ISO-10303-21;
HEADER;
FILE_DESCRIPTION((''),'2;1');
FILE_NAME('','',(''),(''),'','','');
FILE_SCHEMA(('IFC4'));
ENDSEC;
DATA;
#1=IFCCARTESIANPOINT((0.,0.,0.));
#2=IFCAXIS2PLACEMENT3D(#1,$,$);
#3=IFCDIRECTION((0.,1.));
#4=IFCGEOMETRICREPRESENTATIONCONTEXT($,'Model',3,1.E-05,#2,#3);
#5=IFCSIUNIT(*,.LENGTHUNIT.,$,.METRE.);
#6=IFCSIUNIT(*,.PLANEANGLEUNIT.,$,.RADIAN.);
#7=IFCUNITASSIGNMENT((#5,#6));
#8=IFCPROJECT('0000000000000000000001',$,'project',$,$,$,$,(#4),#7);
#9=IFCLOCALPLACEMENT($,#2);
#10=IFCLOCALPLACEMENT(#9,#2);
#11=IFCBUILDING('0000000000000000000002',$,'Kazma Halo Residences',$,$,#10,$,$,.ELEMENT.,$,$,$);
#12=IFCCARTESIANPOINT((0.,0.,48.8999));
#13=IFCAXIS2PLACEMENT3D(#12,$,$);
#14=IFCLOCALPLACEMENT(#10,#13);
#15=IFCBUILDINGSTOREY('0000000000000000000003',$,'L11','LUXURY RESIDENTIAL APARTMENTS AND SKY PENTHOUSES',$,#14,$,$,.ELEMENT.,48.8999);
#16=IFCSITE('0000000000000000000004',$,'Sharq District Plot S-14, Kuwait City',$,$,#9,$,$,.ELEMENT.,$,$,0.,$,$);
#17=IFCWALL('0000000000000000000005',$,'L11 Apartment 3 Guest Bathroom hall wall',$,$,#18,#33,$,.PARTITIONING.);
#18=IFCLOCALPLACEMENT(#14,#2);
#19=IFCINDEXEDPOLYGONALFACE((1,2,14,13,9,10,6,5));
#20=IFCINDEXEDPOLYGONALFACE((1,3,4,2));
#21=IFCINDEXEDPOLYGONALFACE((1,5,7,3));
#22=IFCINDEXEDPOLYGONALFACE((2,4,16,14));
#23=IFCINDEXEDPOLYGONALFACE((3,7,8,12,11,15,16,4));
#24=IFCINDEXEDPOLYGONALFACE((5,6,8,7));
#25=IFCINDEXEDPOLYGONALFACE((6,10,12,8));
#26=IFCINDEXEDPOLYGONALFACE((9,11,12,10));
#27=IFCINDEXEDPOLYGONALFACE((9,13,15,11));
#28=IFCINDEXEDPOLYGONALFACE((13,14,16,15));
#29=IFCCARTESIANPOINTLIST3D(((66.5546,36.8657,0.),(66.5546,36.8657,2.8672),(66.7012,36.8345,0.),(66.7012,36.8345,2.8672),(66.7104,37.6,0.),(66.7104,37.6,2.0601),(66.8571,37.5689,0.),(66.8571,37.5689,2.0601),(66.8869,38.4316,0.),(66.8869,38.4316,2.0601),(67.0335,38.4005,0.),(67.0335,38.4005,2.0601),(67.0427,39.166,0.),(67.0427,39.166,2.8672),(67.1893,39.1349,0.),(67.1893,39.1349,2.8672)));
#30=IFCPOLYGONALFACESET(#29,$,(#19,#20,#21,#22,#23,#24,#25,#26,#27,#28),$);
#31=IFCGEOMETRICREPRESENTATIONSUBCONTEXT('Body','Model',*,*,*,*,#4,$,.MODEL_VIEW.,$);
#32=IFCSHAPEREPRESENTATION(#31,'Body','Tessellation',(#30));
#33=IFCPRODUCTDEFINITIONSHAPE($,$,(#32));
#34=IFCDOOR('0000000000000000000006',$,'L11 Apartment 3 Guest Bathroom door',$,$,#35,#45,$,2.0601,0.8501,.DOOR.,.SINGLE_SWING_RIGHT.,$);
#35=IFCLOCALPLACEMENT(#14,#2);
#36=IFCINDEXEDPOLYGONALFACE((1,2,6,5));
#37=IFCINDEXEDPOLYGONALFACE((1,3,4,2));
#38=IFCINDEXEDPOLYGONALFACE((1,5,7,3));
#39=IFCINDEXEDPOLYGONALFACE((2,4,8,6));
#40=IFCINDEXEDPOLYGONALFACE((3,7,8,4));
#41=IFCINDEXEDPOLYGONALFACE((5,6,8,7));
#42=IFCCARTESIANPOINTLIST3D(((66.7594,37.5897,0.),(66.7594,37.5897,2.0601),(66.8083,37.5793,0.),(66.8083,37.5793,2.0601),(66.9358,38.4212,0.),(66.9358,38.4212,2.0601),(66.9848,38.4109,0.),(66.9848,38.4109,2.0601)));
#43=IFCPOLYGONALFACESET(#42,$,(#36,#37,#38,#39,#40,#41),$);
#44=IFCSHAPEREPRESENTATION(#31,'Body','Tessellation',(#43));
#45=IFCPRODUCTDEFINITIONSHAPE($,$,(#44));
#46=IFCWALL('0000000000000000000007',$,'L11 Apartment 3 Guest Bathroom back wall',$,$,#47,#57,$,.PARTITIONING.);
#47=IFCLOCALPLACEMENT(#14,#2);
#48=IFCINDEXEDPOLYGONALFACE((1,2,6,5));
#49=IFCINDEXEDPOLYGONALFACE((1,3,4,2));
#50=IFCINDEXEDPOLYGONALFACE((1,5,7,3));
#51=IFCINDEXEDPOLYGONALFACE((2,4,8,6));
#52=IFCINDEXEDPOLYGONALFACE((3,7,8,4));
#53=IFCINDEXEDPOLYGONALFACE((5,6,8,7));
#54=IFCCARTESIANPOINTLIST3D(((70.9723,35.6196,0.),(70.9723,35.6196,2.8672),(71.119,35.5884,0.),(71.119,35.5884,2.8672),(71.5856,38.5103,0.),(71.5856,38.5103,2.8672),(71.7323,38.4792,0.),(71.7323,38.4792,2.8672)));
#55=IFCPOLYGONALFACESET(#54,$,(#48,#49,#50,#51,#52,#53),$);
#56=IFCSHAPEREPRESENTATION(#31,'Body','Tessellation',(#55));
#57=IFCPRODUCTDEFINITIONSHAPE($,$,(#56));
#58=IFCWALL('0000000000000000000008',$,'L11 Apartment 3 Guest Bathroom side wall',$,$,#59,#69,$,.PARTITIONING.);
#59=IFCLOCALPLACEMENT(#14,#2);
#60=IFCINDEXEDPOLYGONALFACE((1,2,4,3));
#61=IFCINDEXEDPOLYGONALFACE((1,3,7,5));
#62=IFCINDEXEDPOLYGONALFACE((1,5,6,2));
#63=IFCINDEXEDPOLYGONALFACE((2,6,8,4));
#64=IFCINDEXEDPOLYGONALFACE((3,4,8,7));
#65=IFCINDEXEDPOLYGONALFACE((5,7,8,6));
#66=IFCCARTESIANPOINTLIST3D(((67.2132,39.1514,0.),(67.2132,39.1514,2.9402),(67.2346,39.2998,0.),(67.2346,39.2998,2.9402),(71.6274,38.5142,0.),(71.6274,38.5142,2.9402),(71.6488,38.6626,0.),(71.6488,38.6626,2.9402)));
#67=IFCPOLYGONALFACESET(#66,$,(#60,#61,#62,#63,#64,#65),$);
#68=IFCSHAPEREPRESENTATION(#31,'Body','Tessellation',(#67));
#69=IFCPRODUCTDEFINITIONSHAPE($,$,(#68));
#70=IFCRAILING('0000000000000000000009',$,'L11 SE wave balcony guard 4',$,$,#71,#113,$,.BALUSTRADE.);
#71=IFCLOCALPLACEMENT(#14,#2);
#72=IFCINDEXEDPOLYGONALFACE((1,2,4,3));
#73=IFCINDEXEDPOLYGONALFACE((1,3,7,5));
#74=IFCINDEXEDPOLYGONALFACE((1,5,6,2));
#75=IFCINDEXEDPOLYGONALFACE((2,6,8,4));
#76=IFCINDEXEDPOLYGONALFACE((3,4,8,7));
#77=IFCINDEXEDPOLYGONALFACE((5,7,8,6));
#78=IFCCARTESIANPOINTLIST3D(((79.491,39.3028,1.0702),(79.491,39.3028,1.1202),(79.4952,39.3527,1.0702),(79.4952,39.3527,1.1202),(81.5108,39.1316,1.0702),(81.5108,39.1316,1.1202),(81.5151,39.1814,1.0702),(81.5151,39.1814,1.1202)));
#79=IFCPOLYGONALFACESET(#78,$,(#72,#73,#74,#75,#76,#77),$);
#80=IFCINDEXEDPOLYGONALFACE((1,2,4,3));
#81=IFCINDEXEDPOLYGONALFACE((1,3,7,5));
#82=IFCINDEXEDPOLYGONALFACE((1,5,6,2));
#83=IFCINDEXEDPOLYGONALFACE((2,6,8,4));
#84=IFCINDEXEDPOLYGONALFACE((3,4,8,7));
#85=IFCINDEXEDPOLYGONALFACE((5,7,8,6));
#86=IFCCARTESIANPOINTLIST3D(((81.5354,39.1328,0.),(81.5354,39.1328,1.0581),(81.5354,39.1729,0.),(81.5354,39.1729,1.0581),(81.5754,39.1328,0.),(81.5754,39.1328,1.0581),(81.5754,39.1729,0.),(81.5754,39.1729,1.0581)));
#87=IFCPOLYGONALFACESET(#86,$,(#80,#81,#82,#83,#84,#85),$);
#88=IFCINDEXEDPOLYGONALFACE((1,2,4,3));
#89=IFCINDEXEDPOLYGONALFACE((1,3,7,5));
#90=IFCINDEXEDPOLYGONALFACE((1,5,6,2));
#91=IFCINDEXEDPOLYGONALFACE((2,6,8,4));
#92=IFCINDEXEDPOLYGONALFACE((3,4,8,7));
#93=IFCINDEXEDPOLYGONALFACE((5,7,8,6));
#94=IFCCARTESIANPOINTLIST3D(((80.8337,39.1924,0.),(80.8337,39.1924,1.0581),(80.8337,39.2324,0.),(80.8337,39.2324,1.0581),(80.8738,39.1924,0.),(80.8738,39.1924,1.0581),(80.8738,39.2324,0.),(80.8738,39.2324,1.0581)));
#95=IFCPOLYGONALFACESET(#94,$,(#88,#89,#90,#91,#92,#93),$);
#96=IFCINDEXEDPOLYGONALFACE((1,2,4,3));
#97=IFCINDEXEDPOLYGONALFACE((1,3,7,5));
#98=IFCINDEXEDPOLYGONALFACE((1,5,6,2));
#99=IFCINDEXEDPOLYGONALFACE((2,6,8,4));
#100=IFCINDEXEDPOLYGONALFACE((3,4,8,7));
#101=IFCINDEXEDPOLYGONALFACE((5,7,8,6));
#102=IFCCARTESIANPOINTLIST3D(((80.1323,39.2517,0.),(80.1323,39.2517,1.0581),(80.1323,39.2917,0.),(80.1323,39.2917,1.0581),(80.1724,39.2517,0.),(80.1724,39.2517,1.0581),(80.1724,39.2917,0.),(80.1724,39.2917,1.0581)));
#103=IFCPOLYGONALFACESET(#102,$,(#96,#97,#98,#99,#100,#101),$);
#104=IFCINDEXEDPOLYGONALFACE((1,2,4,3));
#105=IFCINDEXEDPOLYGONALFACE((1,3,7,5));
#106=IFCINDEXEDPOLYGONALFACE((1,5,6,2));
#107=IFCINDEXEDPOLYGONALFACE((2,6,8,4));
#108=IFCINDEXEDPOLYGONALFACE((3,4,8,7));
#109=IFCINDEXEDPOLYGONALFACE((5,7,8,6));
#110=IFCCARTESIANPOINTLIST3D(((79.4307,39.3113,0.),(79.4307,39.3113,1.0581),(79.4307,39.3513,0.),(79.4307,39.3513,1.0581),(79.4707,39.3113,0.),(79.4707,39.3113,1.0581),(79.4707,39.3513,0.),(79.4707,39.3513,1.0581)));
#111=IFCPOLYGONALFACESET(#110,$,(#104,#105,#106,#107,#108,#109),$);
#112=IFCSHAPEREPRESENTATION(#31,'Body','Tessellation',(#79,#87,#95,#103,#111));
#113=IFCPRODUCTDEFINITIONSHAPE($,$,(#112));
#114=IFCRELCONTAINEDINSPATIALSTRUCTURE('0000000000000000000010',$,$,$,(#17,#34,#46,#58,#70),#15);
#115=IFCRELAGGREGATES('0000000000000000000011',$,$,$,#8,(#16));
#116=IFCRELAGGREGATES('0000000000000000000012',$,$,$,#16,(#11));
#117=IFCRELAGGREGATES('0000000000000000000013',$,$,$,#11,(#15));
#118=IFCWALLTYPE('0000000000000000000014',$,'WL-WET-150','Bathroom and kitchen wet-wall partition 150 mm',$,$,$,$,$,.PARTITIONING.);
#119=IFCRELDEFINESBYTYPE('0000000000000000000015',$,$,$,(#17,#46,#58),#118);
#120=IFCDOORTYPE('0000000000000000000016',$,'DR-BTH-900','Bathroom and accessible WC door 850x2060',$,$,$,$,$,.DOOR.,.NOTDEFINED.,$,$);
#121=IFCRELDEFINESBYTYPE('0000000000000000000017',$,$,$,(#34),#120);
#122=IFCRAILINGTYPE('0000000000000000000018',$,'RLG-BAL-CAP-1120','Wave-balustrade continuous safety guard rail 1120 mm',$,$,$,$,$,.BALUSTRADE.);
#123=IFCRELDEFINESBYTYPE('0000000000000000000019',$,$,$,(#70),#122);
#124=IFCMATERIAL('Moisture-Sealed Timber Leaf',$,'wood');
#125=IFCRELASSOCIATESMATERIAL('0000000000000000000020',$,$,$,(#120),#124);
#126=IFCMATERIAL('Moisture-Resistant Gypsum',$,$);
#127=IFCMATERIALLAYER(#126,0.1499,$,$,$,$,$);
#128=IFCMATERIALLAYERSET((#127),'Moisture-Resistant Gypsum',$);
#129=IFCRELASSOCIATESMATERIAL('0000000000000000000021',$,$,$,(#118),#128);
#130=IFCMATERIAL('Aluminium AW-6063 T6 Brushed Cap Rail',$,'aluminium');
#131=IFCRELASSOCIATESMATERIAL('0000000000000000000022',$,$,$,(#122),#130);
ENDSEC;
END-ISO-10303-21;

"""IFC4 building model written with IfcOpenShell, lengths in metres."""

from ifc_helpers import new_model, si_unit, direction, frame, frame_2d, origin, origin_2d, place, context, subcontext, project, spatial, rectangle, extrude, material, layer, layer_set, type_object, element, fill, save


model = new_model("IFC4")

# Units and contexts
model_context = context("Model", 3, precision=1e-05, world=origin(), true_north=direction((0.0, 1.0)))
body_context = subcontext(model_context, "Body", "Model", "MODEL_VIEW")
ifc_project = project(units=[si_unit("LENGTHUNIT", "METRE"), si_unit("PLANEANGLEUNIT", "RADIAN")], contexts=[model_context])

# Site, building, storey
site_placement = place(None, origin())
site = spatial("IfcSite", under=ifc_project, at=site_placement, Name="Sharq District Plot S-14, Kuwait City", CompositionType="ELEMENT", RefElevation=0.0)
building_placement = place(site_placement, origin())
building = spatial("IfcBuilding", under=site, at=building_placement, Name="Kazma Halo Residences", CompositionType="ELEMENT")
storey_placement = place(building_placement, frame((0.0, 0.0, 48.8999)))
storey = spatial("IfcBuildingStorey", under=building, at=storey_placement, Name="L11", Description="LUXURY RESIDENTIAL APARTMENTS AND SKY PENTHOUSES", CompositionType="ELEMENT", Elevation=48.8999)

# Shared definitions
ifc_material_1 = material(Name="Moisture-Sealed Timber Leaf", Category="wood")
door_type = type_object("IfcDoorType", Name="DR-BTH-900", Description="Bathroom and accessible WC door 850x2060", OperationType="NOTDEFINED", PredefinedType="DOOR", material=ifc_material_1)

# Wall, opening, door
ifc_material_2 = material(Name="Moisture-Resistant Gypsum")
ifc_layer_1 = layer(ifc_material_2, 0.1499)
ifc_layer_set_1 = layer_set([ifc_layer_1], Name="Moisture-Resistant Gypsum")
wall_type_1 = type_object("IfcWallType", Name="WL-WET-150", Description="Bathroom and kitchen wet-wall partition 150 mm", PredefinedType="PARTITIONING", material=ifc_layer_set_1)
wall_1_placement = place(storey_placement, frame((66.6279, 36.8501, 0.0), z_axis=(0.0, 0.0, 1.0), x_axis=(0.207543, 0.978226, 0.0)))
wall_1 = element("IfcWall", 1, at=wall_1_placement, inside=storey, type_object=wall_type_1, Name="L11 Apartment 3 Guest Bathroom hall wall", PredefinedType="PARTITIONING", context=body_context, shape_type="SweptSolid", body=[
    extrude(rectangle(XDim=2.3516, YDim=0.1499, at=frame_2d((1.1758, 0.0))), origin(), (0.0, 0.0, 1.0), 2.8672),
])
opening_1_placement = place(wall_1_placement, frame((0.7507, 0.0, 0.0)))
opening_1 = element("IfcOpeningElement", 2, at=opening_1_placement, cuts=wall_1, PredefinedType="OPENING", context=body_context, shape_type="SweptSolid", body=[
    extrude(rectangle(XDim=0.8501, YDim=2.0601, at=frame_2d((0.425, 1.03))), frame((0.0, 0.085, 0.0), z_axis=(0.0, -1.0, 0.0), x_axis=(1.0, 0.0, 0.0)), (0.0, 0.0, 1.0), 0.1699),
])
door_1_placement = place(opening_1_placement, origin())
door_1 = element("IfcDoor", 3, at=door_1_placement, inside=storey, type_object=door_type, Name="L11 Apartment 3 Guest Bathroom door", OperationType="SINGLE_SWING_RIGHT", OverallHeight=2.0601, OverallWidth=0.8501, PredefinedType="DOOR", context=body_context, shape_type="SweptSolid", body=[
    extrude(rectangle(XDim=0.8501, YDim=2.0601, at=frame_2d((0.425, 1.03))), frame((0.0, 0.0249, 0.0), z_axis=(0.0, -1.0, 0.0), x_axis=(1.0, 0.0, 0.0)), (0.0, 0.0, 1.0), 0.05),
])
fill(opening_1, door_1)

# Walls
wall_2_placement = place(storey_placement, frame((71.0457, 35.604, 0.0), z_axis=(0.0, 0.0, 1.0), x_axis=(0.207543, 0.978226, 0.0)))
element("IfcWall", 4, at=wall_2_placement, inside=storey, type_object=wall_type_1, Name="L11 Apartment 3 Guest Bathroom back wall", PredefinedType="PARTITIONING", context=body_context, shape_type="SweptSolid", body=[
    extrude(rectangle(XDim=2.9551, YDim=0.1499, at=frame_2d((1.4775, 0.0))), origin(), (0.0, 0.0, 1.0), 2.8672),
])
wall_3_placement = place(storey_placement, frame((67.2239, 39.2256, 0.0), z_axis=(0.0, 0.0, 1.0), x_axis=(0.989742, -0.14287, 0.0)))
element("IfcWall", 5, at=wall_3_placement, inside=storey, type_object=wall_type_1, Name="L11 Apartment 3 Guest Bathroom side wall", PredefinedType="PARTITIONING", context=body_context, shape_type="SweptSolid", body=[
    extrude(rectangle(XDim=4.46, YDim=0.1499, at=frame_2d((2.23, 0.0))), origin(), (0.0, 0.0, 1.0), 2.9402),
])

# Railing
ifc_material_3 = material(Name="Aluminium AW-6063 T6 Brushed Cap Rail", Category="aluminium")
railing_type = type_object("IfcRailingType", Name="RLG-BAL-CAP-1120", Description="Wave-balustrade continuous safety guard rail 1120 mm", PredefinedType="BALUSTRADE", material=ifc_material_3)
railing_placement = place(storey_placement, frame((81.5554, 39.1528, 0.0)))
element("IfcRailing", 6, at=railing_placement, inside=storey, type_object=railing_type, Name="L11 SE wave balcony guard 4", PredefinedType="BALUSTRADE", context=body_context, shape_type="SweptSolid", body=[
    extrude(rectangle(XDim=0.05, YDim=0.05, at=origin_2d()), frame((-0.0425, 0.0037, 1.0952), z_axis=(-0.996424, 0.08449, 0.0), x_axis=(-0.08449, -0.996424, 0.0)), (0.0, 0.0, 1.0), 2.0271),
    extrude(rectangle(XDim=0.04, YDim=0.04, at=origin_2d()), origin(), (0.0, 0.0, 1.0), 1.0581),
    extrude(rectangle(XDim=0.04, YDim=0.04, at=origin_2d()), frame((-0.7017, 0.0596, 0.0)), (0.0, 0.0, 1.0), 1.0581),
    extrude(rectangle(XDim=0.04, YDim=0.04, at=origin_2d()), frame((-1.4031, 0.1189, 0.0)), (0.0, 0.0, 1.0), 1.0581),
    extrude(rectangle(XDim=0.04, YDim=0.04, at=origin_2d()), frame((-2.1047, 0.1785, 0.0)), (0.0, 0.0, 1.0), 1.0581),
])

save(model, "model.ifc")
